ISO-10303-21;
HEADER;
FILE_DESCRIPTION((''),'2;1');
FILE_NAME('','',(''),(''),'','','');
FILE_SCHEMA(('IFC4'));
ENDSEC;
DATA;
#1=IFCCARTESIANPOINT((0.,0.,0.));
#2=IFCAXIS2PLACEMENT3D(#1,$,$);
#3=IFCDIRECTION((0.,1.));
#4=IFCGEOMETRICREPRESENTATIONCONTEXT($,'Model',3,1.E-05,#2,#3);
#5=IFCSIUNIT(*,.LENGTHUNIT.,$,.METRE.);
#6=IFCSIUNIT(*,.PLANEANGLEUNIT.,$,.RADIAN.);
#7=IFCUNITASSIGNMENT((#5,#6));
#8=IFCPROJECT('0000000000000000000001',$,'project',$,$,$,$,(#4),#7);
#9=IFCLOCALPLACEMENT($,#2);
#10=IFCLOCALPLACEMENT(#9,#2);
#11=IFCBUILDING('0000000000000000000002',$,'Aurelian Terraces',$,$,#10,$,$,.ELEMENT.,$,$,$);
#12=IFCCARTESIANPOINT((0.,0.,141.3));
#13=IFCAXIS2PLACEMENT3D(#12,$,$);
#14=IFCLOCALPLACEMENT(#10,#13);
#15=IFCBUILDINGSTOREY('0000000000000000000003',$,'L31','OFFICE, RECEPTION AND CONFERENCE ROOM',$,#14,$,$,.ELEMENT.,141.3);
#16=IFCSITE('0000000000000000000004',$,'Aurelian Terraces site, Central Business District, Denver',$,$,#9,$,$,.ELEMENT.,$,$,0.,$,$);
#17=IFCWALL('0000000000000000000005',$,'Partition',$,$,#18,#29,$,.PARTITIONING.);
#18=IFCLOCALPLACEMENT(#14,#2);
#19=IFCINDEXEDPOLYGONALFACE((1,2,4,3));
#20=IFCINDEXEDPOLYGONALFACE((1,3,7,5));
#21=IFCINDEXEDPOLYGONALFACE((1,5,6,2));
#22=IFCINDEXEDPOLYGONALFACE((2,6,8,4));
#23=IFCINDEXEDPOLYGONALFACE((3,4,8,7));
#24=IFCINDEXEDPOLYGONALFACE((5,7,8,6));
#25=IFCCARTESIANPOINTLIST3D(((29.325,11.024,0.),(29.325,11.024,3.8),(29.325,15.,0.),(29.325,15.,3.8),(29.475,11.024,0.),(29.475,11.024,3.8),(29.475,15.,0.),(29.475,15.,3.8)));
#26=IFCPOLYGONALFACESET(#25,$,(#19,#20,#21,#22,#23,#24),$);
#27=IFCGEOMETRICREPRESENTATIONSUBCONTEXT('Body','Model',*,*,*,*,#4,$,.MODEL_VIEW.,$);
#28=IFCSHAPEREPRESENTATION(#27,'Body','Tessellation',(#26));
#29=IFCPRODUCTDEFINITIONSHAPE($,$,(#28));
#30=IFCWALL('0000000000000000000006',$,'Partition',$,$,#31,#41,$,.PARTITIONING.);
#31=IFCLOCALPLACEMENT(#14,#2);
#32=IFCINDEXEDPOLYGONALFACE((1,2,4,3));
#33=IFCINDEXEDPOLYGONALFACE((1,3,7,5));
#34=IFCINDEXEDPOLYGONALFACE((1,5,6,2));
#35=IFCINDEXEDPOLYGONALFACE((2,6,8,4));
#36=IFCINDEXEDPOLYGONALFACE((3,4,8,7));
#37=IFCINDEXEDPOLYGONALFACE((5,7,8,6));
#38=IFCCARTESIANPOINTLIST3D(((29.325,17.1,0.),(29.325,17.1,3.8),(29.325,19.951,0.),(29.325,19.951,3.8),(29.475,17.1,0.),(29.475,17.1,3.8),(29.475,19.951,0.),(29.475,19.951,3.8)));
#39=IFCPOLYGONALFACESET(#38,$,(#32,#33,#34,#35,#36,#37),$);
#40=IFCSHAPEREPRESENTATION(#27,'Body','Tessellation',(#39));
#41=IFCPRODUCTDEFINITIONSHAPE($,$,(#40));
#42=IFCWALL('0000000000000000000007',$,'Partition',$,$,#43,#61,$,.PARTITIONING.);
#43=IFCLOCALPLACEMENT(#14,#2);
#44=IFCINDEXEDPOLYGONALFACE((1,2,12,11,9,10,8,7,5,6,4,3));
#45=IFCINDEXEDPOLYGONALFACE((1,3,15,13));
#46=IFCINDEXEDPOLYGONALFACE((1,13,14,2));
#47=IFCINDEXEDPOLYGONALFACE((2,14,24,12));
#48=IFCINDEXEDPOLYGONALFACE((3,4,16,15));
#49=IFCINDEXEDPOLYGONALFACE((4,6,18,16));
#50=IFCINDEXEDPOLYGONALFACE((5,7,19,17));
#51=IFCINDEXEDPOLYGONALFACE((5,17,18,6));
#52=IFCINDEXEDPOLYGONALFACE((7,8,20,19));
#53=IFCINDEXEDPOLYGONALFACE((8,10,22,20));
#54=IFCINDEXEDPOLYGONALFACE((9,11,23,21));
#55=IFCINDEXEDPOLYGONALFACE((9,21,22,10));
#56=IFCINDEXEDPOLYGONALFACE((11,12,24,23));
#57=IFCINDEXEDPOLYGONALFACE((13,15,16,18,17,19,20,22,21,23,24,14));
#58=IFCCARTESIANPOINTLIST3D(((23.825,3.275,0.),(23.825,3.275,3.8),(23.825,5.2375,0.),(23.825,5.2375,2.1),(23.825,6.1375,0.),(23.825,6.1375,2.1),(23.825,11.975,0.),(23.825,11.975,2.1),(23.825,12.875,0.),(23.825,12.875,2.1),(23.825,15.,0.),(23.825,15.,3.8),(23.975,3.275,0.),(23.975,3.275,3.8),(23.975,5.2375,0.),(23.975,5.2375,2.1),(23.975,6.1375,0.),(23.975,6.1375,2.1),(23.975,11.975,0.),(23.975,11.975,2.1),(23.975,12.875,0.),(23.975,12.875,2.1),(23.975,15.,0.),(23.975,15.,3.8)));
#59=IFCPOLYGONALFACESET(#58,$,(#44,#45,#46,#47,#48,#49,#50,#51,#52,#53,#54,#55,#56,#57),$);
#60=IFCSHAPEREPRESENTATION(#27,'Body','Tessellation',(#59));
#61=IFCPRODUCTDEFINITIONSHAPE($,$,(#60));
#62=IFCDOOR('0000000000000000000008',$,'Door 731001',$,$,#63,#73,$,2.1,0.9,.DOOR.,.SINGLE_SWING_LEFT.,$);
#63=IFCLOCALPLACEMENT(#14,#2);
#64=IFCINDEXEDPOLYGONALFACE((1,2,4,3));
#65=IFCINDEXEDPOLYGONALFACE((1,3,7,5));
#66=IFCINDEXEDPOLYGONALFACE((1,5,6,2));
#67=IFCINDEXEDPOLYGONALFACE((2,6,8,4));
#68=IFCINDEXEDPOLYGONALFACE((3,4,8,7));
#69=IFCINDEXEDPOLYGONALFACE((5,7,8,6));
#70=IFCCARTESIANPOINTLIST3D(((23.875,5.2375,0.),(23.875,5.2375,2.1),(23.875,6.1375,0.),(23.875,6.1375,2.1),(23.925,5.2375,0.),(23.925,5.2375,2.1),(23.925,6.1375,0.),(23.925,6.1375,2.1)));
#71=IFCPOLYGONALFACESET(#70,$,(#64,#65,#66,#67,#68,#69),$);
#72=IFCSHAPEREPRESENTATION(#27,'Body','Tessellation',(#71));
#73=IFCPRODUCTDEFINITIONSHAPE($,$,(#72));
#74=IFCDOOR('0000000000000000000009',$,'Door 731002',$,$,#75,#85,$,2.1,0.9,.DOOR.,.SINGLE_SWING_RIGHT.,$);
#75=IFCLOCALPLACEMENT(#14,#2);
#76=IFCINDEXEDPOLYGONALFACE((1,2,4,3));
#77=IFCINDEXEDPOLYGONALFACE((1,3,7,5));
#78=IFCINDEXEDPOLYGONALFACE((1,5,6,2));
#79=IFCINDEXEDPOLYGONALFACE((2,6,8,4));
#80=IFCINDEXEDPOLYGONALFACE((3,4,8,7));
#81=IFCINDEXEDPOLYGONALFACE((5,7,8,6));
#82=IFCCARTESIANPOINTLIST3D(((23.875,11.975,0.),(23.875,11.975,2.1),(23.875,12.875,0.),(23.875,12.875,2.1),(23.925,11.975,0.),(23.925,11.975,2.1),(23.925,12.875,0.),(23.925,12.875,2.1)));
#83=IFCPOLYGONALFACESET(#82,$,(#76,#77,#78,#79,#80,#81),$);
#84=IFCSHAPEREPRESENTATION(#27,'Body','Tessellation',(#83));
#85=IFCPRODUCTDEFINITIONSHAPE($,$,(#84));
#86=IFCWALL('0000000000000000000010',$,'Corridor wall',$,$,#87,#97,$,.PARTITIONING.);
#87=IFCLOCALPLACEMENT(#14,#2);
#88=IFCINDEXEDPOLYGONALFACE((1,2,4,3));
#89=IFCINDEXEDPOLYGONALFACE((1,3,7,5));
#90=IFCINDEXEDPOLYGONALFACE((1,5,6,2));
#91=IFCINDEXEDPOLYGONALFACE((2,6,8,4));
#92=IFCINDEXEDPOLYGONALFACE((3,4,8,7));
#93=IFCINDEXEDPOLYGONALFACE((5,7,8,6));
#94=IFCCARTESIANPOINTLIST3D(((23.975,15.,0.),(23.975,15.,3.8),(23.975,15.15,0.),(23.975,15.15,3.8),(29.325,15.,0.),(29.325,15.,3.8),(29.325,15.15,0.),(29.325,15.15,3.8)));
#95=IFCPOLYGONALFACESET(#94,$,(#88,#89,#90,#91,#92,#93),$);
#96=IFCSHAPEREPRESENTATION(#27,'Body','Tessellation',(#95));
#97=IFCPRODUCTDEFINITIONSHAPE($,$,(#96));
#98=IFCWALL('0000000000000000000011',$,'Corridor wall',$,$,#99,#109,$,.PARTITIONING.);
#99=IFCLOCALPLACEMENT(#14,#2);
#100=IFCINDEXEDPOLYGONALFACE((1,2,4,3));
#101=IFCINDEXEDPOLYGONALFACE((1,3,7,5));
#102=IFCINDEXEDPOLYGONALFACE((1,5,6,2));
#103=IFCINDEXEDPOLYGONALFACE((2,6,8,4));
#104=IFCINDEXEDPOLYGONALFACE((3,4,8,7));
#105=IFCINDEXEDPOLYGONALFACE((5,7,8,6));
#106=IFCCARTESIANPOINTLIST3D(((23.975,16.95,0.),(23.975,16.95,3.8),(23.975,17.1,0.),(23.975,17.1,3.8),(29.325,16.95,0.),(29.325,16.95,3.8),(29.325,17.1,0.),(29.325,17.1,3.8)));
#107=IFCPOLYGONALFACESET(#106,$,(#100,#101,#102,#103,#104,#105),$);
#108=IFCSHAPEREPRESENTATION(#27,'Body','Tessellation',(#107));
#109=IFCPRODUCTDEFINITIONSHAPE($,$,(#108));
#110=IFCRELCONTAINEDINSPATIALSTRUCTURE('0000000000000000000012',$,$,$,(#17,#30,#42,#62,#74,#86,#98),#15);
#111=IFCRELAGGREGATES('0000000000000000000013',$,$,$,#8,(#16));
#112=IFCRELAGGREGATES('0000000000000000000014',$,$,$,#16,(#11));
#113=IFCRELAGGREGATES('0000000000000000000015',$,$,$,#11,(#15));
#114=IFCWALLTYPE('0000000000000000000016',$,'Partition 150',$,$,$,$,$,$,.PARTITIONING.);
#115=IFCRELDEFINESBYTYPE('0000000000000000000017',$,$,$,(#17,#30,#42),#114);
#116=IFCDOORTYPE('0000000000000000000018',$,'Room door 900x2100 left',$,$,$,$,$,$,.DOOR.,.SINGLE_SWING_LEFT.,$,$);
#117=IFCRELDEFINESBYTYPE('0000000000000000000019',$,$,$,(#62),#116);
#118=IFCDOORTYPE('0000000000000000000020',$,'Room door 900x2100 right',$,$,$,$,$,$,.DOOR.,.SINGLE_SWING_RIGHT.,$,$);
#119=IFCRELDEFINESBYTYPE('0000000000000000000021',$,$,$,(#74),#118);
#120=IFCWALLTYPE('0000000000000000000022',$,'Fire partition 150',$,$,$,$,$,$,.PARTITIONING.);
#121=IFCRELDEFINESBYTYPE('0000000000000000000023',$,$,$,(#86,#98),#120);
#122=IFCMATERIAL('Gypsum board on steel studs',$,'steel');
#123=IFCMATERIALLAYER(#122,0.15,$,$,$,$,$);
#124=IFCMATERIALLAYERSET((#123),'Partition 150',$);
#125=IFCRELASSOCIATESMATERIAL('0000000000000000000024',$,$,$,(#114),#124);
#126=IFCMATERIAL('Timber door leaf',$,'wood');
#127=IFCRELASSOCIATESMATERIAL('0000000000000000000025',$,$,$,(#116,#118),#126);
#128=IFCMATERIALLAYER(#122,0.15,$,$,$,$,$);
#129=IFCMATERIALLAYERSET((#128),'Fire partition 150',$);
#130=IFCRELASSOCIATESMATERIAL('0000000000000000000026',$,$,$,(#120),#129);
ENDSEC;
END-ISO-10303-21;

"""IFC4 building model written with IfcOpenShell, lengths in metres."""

from ifc_helpers import new_model, si_unit, direction, frame, frame_2d, origin, place, context, subcontext, project, spatial, rectangle, extrude, source, transform, mapped, material, layer, layer_set, type_object, element, fill, save


model = new_model("IFC4")

# Units and contexts
model_context = context("Model", 3, precision=1e-05, world=origin(), true_north=direction((0.0, 1.0)))
body_context = subcontext(model_context, "Body", "Model", "MODEL_VIEW")
ifc_project = project(units=[si_unit("LENGTHUNIT", "METRE"), si_unit("PLANEANGLEUNIT", "RADIAN")], contexts=[model_context])

# Site, building, storey
site_placement = place(None, origin())
site = spatial("IfcSite", under=ifc_project, at=site_placement, Name="Aurelian Terraces site, Central Business District, Denver", CompositionType="ELEMENT", RefElevation=0.0)
building_placement = place(site_placement, origin())
building = spatial("IfcBuilding", under=site, at=building_placement, Name="Aurelian Terraces", CompositionType="ELEMENT")
storey_placement = place(building_placement, frame((0.0, 0.0, 141.3)))
storey = spatial("IfcBuildingStorey", under=building, at=storey_placement, Name="L31", Description="OFFICE, RECEPTION AND CONFERENCE ROOM", CompositionType="ELEMENT", Elevation=141.3)

# Shared definitions
ifc_material_1 = material(Name="Gypsum board on steel studs", Category="steel")
ifc_layer_1 = layer(ifc_material_1, 0.15)
ifc_layer_set_1 = layer_set([ifc_layer_1], Name="Partition 150")
wall_type_1 = type_object("IfcWallType", Name="Partition 150", PredefinedType="PARTITIONING", material=ifc_layer_set_1)
shared_shape_1 = source(origin(), body_context, "Body", "SweptSolid", [
    extrude(rectangle(XDim=0.9, YDim=2.1, at=frame_2d((0.45, 1.05))), frame((0.0, 0.085, 0.0), z_axis=(0.0, -1.0, 0.0), x_axis=(1.0, 0.0, 0.0)), (0.0, 0.0, 1.0), 0.17),
])
ifc_material_2 = material(Name="Timber door leaf", Category="wood")
door_type_1 = type_object("IfcDoorType", Name="Room door 900x2100 left", OperationType="SINGLE_SWING_LEFT", PredefinedType="DOOR", material=ifc_material_2)
shared_shape_2 = source(origin(), body_context, "Body", "SweptSolid", [
    extrude(rectangle(XDim=0.9, YDim=2.1, at=frame_2d((0.45, 1.05))), frame((0.0, 0.025, 0.0), z_axis=(0.0, -1.0, 0.0), x_axis=(1.0, 0.0, 0.0)), (0.0, 0.0, 1.0), 0.05),
])

# Shared definitions
ifc_layer_2 = layer(ifc_material_1, 0.15)
ifc_layer_set_2 = layer_set([ifc_layer_2], Name="Fire partition 150")
wall_type_2 = type_object("IfcWallType", Name="Fire partition 150", PredefinedType="PARTITIONING", material=ifc_layer_set_2)
door_type_2 = type_object("IfcDoorType", Name="Room door 900x2100 right", OperationType="SINGLE_SWING_RIGHT", PredefinedType="DOOR", material=ifc_material_2)

# Walls
shared_shape_3 = source(origin(), body_context, "Body", "SweptSolid", [
    extrude(rectangle(XDim=3.976, YDim=0.15, at=frame_2d((1.988, 0.0))), origin(), (0.0, 0.0, 1.0), 3.8),
])
wall_1_placement = place(storey_placement, frame((29.4, 11.024, 0.0), z_axis=(0.0, 0.0, 1.0), x_axis=(0.0, 1.0, 0.0)))
element("IfcWall", 1, at=wall_1_placement, inside=storey, type_object=wall_type_1, Name="Partition", PredefinedType="PARTITIONING", context=body_context, shape_type="MappedRepresentation", body=[
    mapped(shared_shape_3, transform((0.0, 0.0, 0.0), scale=1.0)),
])
shared_shape_4 = source(origin(), body_context, "Body", "SweptSolid", [
    extrude(rectangle(XDim=2.851, YDim=0.15, at=frame_2d((1.4255, 0.0))), origin(), (0.0, 0.0, 1.0), 3.8),
])
wall_2_placement = place(storey_placement, frame((29.4, 17.1, 0.0), z_axis=(0.0, 0.0, 1.0), x_axis=(0.0, 1.0, 0.0)))
element("IfcWall", 2, at=wall_2_placement, inside=storey, type_object=wall_type_1, Name="Partition", PredefinedType="PARTITIONING", context=body_context, shape_type="MappedRepresentation", body=[
    mapped(shared_shape_4, transform((0.0, 0.0, 0.0), scale=1.0)),
])

# Wall, openings, doors
shared_shape_5 = source(origin(), body_context, "Body", "SweptSolid", [
    extrude(rectangle(XDim=11.725, YDim=0.15, at=frame_2d((5.8625, 0.0))), origin(), (0.0, 0.0, 1.0), 3.8),
])
wall_3_placement = place(storey_placement, frame((23.9, 15.0, 0.0), z_axis=(0.0, 0.0, 1.0), x_axis=(0.0, -1.0, 0.0)))
wall_3 = element("IfcWall", 3, at=wall_3_placement, inside=storey, type_object=wall_type_1, Name="Partition", PredefinedType="PARTITIONING", context=body_context, shape_type="MappedRepresentation", body=[
    mapped(shared_shape_5, transform((0.0, 0.0, 0.0), scale=1.0)),
])
opening_1_placement = place(wall_3_placement, frame((8.8625, 0.0, 0.0)))
opening_1 = element("IfcOpeningElement", 4, at=opening_1_placement, cuts=wall_3, PredefinedType="OPENING", context=body_context, shape_type="MappedRepresentation", body=[
    mapped(shared_shape_1, transform((0.0, 0.0, 0.0), scale=1.0)),
])
opening_2_placement = place(wall_3_placement, frame((2.125, 0.0, 0.0)))
opening_2 = element("IfcOpeningElement", 5, at=opening_2_placement, cuts=wall_3, PredefinedType="OPENING", context=body_context, shape_type="MappedRepresentation", body=[
    mapped(shared_shape_1, transform((0.0, 0.0, 0.0), scale=1.0)),
])
door_1_placement = place(opening_1_placement, origin())
door_1 = element("IfcDoor", 6, at=door_1_placement, inside=storey, type_object=door_type_1, Name="Door 731001", OperationType="SINGLE_SWING_LEFT", OverallHeight=2.1, OverallWidth=0.9, PredefinedType="DOOR", context=body_context, shape_type="MappedRepresentation", body=[
    mapped(shared_shape_2, transform((0.0, 0.0, 0.0), scale=1.0)),
])
fill(opening_1, door_1)
door_2_placement = place(opening_2_placement, origin())
door_2 = element("IfcDoor", 7, at=door_2_placement, inside=storey, type_object=door_type_2, Name="Door 731002", OperationType="SINGLE_SWING_RIGHT", OverallHeight=2.1, OverallWidth=0.9, PredefinedType="DOOR", context=body_context, shape_type="MappedRepresentation", body=[
    mapped(shared_shape_2, transform((0.0, 0.0, 0.0), scale=1.0)),
])
fill(opening_2, door_2)

# Walls
shared_shape_6 = source(origin(), body_context, "Body", "SweptSolid", [
    extrude(rectangle(XDim=5.35, YDim=0.15, at=frame_2d((2.675, 0.0))), origin(), (0.0, 0.0, 1.0), 3.8),
])
for number, where, z_axis, x_axis, name in (
    (8, (29.325, 15.075, 0.0), (0.0, 0.0, 1.0), (-1.0, 0.0, 0.0), "Corridor wall"),
    (9, (23.975, 17.025, 0.0), (0.0, 0.0, 1.0), (1.0, 0.0, 0.0), "Corridor wall"),
):
    element("IfcWall", number, at=place(storey_placement, frame(where, z_axis=z_axis, x_axis=x_axis)), inside=storey, type_object=wall_type_2, Name=name, PredefinedType="PARTITIONING", context=body_context, shape_type="MappedRepresentation", body=[
        mapped(shared_shape_6, transform((0.0, 0.0, 0.0), scale=1.0)),
    ])

save(model, "model.ifc")
